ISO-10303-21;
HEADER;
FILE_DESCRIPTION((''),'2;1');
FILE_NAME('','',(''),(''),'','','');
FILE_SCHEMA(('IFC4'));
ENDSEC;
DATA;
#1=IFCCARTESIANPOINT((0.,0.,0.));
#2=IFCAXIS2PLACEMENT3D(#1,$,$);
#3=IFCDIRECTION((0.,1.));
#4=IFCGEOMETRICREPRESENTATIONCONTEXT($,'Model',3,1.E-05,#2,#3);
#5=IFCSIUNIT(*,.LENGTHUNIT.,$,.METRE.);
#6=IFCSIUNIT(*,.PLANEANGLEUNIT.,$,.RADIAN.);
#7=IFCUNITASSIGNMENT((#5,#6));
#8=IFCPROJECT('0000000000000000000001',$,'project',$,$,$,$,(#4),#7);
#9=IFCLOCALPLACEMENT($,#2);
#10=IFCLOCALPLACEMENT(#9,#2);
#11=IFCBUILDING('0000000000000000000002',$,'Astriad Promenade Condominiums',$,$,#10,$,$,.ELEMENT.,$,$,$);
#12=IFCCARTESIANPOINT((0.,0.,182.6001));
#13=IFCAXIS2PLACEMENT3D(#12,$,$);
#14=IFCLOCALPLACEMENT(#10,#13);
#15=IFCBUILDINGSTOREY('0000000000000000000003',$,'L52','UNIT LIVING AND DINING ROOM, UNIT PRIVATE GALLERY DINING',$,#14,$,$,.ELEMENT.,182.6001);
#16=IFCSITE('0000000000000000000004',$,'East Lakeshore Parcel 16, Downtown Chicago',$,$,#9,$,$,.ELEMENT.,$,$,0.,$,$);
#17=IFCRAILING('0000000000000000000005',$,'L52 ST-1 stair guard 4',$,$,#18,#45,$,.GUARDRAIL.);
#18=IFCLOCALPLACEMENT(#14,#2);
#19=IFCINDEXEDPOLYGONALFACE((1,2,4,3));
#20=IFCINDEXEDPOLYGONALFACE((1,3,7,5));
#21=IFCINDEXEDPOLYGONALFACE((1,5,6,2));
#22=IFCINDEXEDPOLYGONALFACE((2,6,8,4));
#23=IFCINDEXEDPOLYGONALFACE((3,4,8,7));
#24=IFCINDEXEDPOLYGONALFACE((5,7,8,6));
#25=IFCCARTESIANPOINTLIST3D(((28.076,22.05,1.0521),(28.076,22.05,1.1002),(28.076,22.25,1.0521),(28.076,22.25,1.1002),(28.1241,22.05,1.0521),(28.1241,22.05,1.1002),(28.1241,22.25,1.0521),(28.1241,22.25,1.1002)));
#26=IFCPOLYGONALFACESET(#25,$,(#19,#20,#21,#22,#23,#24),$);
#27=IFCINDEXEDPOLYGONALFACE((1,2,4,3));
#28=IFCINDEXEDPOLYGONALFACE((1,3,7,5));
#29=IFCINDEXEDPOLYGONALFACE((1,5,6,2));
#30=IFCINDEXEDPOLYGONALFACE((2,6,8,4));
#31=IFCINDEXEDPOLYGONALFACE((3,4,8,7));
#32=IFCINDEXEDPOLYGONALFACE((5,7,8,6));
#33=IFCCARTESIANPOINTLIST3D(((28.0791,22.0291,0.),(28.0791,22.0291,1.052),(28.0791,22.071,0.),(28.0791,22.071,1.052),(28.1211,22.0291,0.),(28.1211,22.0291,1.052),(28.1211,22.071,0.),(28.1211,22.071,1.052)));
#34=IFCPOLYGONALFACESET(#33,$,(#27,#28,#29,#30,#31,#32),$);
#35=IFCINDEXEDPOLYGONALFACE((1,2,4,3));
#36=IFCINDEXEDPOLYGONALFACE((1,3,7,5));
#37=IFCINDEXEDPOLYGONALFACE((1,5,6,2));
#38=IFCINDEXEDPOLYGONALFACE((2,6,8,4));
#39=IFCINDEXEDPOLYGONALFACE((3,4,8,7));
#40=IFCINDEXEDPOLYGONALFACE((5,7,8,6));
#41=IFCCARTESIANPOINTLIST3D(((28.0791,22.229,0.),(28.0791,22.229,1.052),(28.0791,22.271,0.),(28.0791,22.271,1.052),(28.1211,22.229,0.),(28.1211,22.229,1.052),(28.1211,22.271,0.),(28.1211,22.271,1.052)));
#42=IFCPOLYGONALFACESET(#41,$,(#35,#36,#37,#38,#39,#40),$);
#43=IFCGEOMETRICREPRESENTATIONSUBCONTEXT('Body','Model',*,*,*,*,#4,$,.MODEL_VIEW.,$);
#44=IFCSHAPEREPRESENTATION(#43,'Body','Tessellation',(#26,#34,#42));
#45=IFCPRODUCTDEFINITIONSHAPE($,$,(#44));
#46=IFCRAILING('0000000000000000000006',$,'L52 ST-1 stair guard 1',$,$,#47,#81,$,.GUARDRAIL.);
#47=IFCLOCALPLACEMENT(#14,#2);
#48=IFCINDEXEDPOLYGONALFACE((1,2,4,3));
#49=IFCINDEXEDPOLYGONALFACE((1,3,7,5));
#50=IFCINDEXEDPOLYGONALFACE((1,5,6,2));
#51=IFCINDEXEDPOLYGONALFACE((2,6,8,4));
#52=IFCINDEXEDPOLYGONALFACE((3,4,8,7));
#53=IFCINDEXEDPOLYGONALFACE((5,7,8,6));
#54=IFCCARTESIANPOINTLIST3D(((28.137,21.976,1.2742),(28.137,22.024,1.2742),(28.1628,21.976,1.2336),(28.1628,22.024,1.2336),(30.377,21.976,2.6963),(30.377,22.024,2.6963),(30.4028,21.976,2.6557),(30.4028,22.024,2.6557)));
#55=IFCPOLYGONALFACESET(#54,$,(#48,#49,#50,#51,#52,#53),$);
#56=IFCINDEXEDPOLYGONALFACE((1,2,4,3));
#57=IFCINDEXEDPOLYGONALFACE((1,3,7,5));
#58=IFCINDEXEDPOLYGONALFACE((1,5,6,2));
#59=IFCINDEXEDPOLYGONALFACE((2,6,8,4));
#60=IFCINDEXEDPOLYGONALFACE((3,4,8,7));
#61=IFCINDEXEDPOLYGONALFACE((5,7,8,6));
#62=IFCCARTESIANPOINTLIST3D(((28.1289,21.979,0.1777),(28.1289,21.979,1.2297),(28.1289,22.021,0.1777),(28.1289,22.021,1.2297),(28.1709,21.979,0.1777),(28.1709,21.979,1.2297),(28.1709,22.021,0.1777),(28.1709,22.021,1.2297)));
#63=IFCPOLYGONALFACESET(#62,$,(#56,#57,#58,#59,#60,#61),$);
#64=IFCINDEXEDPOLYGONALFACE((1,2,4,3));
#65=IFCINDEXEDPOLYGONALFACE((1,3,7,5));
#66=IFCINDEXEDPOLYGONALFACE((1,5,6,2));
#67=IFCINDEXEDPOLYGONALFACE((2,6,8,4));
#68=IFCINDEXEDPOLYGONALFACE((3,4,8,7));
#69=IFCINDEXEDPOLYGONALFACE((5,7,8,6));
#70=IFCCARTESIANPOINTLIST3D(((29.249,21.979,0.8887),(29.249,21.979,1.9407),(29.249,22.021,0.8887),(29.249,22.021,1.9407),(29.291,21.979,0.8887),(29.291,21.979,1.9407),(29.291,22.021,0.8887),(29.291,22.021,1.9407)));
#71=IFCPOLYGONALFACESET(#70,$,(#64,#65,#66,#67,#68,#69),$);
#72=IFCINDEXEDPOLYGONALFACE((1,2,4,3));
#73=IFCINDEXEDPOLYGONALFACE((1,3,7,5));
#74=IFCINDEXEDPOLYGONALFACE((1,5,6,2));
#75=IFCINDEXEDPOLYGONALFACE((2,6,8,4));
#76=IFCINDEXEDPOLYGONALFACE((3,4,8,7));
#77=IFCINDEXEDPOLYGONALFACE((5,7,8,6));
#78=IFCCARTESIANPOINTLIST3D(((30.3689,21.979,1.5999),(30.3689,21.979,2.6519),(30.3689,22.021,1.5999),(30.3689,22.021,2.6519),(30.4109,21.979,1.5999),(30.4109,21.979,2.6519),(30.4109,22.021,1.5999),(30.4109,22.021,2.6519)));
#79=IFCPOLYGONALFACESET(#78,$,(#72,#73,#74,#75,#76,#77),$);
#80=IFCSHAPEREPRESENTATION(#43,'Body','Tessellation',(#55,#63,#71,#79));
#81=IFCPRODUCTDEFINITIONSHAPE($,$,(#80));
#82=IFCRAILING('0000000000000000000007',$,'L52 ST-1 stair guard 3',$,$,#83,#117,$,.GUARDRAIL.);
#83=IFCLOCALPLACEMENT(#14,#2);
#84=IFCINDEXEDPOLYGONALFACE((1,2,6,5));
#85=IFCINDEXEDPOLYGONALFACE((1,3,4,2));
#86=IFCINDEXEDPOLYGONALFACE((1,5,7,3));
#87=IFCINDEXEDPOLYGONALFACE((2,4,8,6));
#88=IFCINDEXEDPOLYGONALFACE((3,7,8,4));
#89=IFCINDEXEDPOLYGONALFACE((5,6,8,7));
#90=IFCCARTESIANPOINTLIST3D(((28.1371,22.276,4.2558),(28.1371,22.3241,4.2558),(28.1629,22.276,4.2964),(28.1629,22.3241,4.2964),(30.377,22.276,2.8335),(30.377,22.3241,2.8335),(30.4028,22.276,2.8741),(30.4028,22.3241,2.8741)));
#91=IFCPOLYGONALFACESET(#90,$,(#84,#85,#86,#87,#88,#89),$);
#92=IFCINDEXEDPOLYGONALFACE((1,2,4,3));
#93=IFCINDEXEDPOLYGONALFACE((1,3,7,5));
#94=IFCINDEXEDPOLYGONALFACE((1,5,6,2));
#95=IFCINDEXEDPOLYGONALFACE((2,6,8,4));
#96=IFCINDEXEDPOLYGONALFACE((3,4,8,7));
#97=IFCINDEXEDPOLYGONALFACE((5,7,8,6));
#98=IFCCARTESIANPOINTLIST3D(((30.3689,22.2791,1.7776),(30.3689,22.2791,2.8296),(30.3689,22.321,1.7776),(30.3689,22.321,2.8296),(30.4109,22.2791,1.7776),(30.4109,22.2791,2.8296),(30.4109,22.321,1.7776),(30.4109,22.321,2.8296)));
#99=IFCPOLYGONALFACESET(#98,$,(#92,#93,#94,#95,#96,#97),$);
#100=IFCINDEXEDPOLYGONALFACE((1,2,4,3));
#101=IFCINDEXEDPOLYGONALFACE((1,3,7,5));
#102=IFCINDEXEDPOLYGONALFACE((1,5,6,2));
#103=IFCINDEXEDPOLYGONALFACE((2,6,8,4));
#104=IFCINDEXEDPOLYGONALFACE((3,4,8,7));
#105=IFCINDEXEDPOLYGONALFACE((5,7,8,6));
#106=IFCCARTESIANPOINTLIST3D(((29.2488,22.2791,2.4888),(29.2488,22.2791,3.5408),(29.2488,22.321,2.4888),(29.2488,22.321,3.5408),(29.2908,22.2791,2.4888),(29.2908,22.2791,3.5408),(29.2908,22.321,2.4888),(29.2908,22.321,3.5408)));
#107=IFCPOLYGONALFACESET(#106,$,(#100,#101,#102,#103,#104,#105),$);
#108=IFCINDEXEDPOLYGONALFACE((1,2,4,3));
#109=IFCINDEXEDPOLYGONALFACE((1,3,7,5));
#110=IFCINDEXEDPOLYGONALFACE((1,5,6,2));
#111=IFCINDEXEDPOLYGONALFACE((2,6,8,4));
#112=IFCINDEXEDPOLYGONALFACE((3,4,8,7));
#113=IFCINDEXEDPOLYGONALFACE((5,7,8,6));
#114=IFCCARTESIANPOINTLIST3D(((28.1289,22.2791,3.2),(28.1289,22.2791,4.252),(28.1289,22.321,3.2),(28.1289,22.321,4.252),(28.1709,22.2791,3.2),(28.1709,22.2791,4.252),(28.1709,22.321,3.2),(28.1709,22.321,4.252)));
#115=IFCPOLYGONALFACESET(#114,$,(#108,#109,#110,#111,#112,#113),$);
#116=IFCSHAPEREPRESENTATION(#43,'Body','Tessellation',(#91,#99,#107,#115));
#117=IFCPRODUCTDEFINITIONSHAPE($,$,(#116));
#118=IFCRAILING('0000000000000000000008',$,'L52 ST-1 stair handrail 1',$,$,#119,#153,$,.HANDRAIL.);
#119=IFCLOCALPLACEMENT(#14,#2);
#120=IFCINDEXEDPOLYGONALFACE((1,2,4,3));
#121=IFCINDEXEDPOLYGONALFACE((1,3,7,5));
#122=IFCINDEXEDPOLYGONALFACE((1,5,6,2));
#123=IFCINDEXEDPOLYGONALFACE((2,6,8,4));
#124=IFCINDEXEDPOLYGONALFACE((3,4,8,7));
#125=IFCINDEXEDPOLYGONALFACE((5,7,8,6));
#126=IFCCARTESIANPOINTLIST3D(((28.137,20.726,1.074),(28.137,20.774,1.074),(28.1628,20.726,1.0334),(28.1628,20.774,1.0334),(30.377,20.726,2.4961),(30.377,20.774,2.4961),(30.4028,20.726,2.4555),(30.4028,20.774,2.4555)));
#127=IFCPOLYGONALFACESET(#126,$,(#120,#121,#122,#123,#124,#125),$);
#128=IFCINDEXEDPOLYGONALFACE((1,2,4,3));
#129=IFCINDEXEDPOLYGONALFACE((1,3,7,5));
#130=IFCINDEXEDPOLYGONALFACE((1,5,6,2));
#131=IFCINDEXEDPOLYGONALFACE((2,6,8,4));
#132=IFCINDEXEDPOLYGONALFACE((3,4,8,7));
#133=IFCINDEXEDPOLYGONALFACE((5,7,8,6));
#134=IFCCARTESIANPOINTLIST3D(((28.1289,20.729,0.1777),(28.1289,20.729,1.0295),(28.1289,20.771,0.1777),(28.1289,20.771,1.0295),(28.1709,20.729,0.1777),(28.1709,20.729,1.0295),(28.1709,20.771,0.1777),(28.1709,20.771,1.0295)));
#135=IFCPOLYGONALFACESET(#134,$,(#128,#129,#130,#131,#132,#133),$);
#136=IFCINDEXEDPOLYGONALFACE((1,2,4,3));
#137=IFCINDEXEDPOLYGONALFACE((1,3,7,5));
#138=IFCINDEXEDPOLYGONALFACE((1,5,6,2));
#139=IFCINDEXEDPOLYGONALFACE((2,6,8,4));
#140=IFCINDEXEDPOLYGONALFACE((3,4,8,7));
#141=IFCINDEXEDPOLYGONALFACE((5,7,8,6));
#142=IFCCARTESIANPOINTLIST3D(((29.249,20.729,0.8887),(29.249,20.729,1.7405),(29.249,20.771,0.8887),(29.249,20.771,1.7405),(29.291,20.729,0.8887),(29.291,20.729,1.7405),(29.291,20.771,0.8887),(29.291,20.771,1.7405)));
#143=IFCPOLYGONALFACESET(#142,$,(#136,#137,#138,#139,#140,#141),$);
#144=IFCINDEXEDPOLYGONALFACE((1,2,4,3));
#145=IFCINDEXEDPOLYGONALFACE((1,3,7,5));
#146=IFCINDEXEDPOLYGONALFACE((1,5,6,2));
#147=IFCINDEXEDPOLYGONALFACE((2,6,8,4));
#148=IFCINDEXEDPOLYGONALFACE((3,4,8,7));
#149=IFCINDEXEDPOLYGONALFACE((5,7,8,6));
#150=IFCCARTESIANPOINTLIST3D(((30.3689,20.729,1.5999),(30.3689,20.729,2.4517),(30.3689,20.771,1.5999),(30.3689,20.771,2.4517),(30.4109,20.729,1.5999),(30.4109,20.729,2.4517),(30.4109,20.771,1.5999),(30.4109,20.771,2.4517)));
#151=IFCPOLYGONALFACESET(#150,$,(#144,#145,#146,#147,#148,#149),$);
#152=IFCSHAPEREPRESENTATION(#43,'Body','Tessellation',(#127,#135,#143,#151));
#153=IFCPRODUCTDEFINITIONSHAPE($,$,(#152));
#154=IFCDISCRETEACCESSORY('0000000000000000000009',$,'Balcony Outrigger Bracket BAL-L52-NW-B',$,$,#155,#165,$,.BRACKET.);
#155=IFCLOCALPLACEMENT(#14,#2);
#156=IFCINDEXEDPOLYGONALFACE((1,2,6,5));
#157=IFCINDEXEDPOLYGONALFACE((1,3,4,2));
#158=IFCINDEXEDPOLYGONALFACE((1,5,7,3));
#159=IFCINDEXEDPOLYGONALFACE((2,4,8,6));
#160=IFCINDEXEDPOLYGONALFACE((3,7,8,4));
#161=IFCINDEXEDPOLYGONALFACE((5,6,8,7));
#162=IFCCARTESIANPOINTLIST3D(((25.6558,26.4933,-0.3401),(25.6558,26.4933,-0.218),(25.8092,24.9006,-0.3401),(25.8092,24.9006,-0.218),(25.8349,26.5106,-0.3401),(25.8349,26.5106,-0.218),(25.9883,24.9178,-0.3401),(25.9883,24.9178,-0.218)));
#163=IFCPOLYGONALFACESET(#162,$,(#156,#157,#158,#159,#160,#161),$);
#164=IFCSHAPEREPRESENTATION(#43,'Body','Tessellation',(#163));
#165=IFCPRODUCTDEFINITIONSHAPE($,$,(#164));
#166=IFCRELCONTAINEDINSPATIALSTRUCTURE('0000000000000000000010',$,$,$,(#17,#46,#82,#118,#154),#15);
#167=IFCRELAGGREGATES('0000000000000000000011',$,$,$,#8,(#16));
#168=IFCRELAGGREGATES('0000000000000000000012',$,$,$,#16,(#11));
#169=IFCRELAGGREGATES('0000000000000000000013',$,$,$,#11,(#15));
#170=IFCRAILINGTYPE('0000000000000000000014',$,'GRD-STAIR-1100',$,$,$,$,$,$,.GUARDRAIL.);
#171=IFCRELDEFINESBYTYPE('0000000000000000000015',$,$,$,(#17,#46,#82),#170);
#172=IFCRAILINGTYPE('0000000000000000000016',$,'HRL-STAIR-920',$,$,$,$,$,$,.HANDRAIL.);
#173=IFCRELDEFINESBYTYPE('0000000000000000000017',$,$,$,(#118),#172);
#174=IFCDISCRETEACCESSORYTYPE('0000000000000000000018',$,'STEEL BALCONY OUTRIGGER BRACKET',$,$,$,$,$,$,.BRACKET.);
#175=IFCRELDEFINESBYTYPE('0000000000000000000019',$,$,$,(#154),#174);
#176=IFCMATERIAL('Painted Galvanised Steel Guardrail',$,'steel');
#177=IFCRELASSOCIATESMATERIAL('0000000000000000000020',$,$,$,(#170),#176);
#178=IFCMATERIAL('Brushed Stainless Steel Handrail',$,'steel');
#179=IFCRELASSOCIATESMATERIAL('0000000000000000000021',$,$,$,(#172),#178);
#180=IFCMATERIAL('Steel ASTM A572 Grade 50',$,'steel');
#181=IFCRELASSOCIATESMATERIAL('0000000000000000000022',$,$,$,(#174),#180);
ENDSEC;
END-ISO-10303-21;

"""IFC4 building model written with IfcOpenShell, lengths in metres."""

from ifc_helpers import new_model, si_unit, direction, frame, origin, origin_2d, place, context, subcontext, project, spatial, rectangle, extrude, source, transform, mapped, material, type_object, type_shapes, element, save


model = new_model("IFC4")

# Units and contexts
model_context = context("Model", 3, precision=1e-05, world=origin(), true_north=direction((0.0, 1.0)))
body_context = subcontext(model_context, "Body", "Model", "MODEL_VIEW")
ifc_project = project(units=[si_unit("LENGTHUNIT", "METRE"), si_unit("PLANEANGLEUNIT", "RADIAN")], contexts=[model_context])

# Site, building, storey
site_placement = place(None, origin())
site = spatial("IfcSite", under=ifc_project, at=site_placement, Name="East Lakeshore Parcel 16, Downtown Chicago", CompositionType="ELEMENT", RefElevation=0.0)
building_placement = place(site_placement, origin())
building = spatial("IfcBuilding", under=site, at=building_placement, Name="Astriad Promenade Condominiums", CompositionType="ELEMENT")
storey_placement = place(building_placement, frame((0.0, 0.0, 182.6001)))
storey = spatial("IfcBuildingStorey", under=building, at=storey_placement, Name="L52", Description="UNIT LIVING AND DINING ROOM, UNIT PRIVATE GALLERY DINING", CompositionType="ELEMENT", Elevation=182.6001)

# Railings
ifc_material_1 = material(Name="Painted Galvanised Steel Guardrail", Category="steel")
railing_type_1 = type_object("IfcRailingType", Name="GRD-STAIR-1100", PredefinedType="GUARDRAIL", material=ifc_material_1)
shared_shape_1 = source(origin(), body_context, "Body", "SweptSolid", [
    extrude(rectangle(XDim=0.0481, YDim=0.0481, at=origin_2d()), frame((0.0, 0.0, 1.0762), z_axis=(0.0, 1.0, 0.0), x_axis=(-1.0, 0.0, 0.0)), (0.0, 0.0, 1.0), 0.2),
    extrude(rectangle(XDim=0.042, YDim=0.042, at=origin_2d()), origin(), (0.0, 0.0, 1.0), 1.052),
    extrude(rectangle(XDim=0.042, YDim=0.042, at=origin_2d()), frame((0.0, 0.2, 0.0)), (0.0, 0.0, 1.0), 1.052),
])
railing_1_placement = place(storey_placement, frame((28.1001, 22.05, 0.0)))
element("IfcRailing", 1, at=railing_1_placement, inside=storey, type_object=railing_type_1, Name="L52 ST-1 stair guard 4", PredefinedType="GUARDRAIL", context=body_context, shape_type="MappedRepresentation", body=[
    mapped(shared_shape_1, transform((0.0, 0.0, 0.0), scale=1.0)),
])
shared_shape_2 = source(origin(), body_context, "Body", "SweptSolid", [
    extrude(rectangle(XDim=0.0481, YDim=0.0481, at=origin_2d()), frame((0.0, 0.0, 1.0762), z_axis=(0.844229, 0.0, 0.535982), x_axis=(0.0, 1.0, 0.0)), (0.0, 0.0, 1.0), 2.6533),
    extrude(rectangle(XDim=0.042, YDim=0.042, at=origin_2d()), origin(), (0.0, 0.0, 1.0), 1.052),
    extrude(rectangle(XDim=0.042, YDim=0.042, at=origin_2d()), frame((1.1201, 0.0, 0.7109)), (0.0, 0.0, 1.0), 1.052),
    extrude(rectangle(XDim=0.042, YDim=0.042, at=origin_2d()), frame((2.24, 0.0, 1.4221)), (0.0, 0.0, 1.0), 1.052),
])
railing_2_placement = place(storey_placement, frame((28.1499, 22.0, 0.1777)))
element("IfcRailing", 2, at=railing_2_placement, inside=storey, type_object=railing_type_1, Name="L52 ST-1 stair guard 1", PredefinedType="GUARDRAIL", context=body_context, shape_type="MappedRepresentation", body=[
    mapped(shared_shape_2, transform((0.0, 0.0, 0.0), scale=1.0)),
])
shared_shape_3 = source(origin(), body_context, "Body", "SweptSolid", [
    extrude(rectangle(XDim=0.0481, YDim=0.0481, at=origin_2d()), frame((0.0, 0.0, 1.0762), z_axis=(-0.844188, 0.0, 0.536048), x_axis=(0.0, -1.0, 0.0)), (0.0, 0.0, 1.0), 2.6533),
    extrude(rectangle(XDim=0.042, YDim=0.042, at=origin_2d()), origin(), (0.0, 0.0, 1.0), 1.052),
    extrude(rectangle(XDim=0.042, YDim=0.042, at=origin_2d()), frame((-1.1201, 0.0, 0.7112)), (0.0, 0.0, 1.0), 1.052),
    extrude(rectangle(XDim=0.042, YDim=0.042, at=origin_2d()), frame((-2.24, 0.0, 1.4224)), (0.0, 0.0, 1.0), 1.052),
])
type_shapes(railing_type_1, [shared_shape_1, shared_shape_2, shared_shape_3])
railing_3_placement = place(storey_placement, frame((30.3899, 22.3, 1.7776)))
element("IfcRailing", 3, at=railing_3_placement, inside=storey, type_object=railing_type_1, Name="L52 ST-1 stair guard 3", PredefinedType="GUARDRAIL", context=body_context, shape_type="MappedRepresentation", body=[
    mapped(shared_shape_3, transform((0.0, 0.0, 0.0), scale=1.0)),
])
ifc_material_2 = material(Name="Brushed Stainless Steel Handrail", Category="steel")
railing_type_2 = type_object("IfcRailingType", Name="HRL-STAIR-920", PredefinedType="HANDRAIL", material=ifc_material_2)
shared_shape_4 = source(origin(), body_context, "Body", "SweptSolid", [
    extrude(rectangle(XDim=0.0481, YDim=0.0481, at=origin_2d()), frame((0.0, 0.0, 0.876), z_axis=(0.844229, 0.0, 0.535982), x_axis=(0.0, 1.0, 0.0)), (0.0, 0.0, 1.0), 2.6533),
    extrude(rectangle(XDim=0.042, YDim=0.042, at=origin_2d()), origin(), (0.0, 0.0, 1.0), 0.8518),
    extrude(rectangle(XDim=0.042, YDim=0.042, at=origin_2d()), frame((1.1201, 0.0, 0.7109)), (0.0, 0.0, 1.0), 0.8518),
    extrude(rectangle(XDim=0.042, YDim=0.042, at=origin_2d()), frame((2.24, 0.0, 1.4221)), (0.0, 0.0, 1.0), 0.8518),
])
type_shapes(railing_type_2, [shared_shape_4])
railing_4_placement = place(storey_placement, frame((28.1499, 20.75, 0.1777)))
element("IfcRailing", 4, at=railing_4_placement, inside=storey, type_object=railing_type_2, Name="L52 ST-1 stair handrail 1", PredefinedType="HANDRAIL", context=body_context, shape_type="MappedRepresentation", body=[
    mapped(shared_shape_4, transform((0.0, 0.0, 0.0), scale=1.0)),
])

# Discrete accessory
ifc_material_3 = material(Name="Steel ASTM A572 Grade 50", Category="steel")
discrete_accessory_type = type_object("IfcDiscreteAccessoryType", Name="STEEL BALCONY OUTRIGGER BRACKET", PredefinedType="BRACKET", material=ifc_material_3)
shared_shape_5 = source(origin(), body_context, "Body", "SweptSolid", [
    extrude(rectangle(XDim=1.6001, YDim=0.1799, at=origin_2d()), origin(), (0.0, 0.0, 1.0), 0.1221),
])
type_shapes(discrete_accessory_type, [shared_shape_5])
discrete_accessory_placement = place(storey_placement, frame((25.822, 25.7056, -0.3401), z_axis=(0.0, 0.0, 1.0), x_axis=(-0.095846, 0.995396, 0.0)))
element("IfcDiscreteAccessory", 5, at=discrete_accessory_placement, inside=storey, type_object=discrete_accessory_type, Name="Balcony Outrigger Bracket BAL-L52-NW-B", PredefinedType="BRACKET", context=body_context, shape_type="MappedRepresentation", body=[
    mapped(shared_shape_5, transform((0.0, 0.0, 0.0), scale=1.0)),
])

save(model, "model.ifc")
